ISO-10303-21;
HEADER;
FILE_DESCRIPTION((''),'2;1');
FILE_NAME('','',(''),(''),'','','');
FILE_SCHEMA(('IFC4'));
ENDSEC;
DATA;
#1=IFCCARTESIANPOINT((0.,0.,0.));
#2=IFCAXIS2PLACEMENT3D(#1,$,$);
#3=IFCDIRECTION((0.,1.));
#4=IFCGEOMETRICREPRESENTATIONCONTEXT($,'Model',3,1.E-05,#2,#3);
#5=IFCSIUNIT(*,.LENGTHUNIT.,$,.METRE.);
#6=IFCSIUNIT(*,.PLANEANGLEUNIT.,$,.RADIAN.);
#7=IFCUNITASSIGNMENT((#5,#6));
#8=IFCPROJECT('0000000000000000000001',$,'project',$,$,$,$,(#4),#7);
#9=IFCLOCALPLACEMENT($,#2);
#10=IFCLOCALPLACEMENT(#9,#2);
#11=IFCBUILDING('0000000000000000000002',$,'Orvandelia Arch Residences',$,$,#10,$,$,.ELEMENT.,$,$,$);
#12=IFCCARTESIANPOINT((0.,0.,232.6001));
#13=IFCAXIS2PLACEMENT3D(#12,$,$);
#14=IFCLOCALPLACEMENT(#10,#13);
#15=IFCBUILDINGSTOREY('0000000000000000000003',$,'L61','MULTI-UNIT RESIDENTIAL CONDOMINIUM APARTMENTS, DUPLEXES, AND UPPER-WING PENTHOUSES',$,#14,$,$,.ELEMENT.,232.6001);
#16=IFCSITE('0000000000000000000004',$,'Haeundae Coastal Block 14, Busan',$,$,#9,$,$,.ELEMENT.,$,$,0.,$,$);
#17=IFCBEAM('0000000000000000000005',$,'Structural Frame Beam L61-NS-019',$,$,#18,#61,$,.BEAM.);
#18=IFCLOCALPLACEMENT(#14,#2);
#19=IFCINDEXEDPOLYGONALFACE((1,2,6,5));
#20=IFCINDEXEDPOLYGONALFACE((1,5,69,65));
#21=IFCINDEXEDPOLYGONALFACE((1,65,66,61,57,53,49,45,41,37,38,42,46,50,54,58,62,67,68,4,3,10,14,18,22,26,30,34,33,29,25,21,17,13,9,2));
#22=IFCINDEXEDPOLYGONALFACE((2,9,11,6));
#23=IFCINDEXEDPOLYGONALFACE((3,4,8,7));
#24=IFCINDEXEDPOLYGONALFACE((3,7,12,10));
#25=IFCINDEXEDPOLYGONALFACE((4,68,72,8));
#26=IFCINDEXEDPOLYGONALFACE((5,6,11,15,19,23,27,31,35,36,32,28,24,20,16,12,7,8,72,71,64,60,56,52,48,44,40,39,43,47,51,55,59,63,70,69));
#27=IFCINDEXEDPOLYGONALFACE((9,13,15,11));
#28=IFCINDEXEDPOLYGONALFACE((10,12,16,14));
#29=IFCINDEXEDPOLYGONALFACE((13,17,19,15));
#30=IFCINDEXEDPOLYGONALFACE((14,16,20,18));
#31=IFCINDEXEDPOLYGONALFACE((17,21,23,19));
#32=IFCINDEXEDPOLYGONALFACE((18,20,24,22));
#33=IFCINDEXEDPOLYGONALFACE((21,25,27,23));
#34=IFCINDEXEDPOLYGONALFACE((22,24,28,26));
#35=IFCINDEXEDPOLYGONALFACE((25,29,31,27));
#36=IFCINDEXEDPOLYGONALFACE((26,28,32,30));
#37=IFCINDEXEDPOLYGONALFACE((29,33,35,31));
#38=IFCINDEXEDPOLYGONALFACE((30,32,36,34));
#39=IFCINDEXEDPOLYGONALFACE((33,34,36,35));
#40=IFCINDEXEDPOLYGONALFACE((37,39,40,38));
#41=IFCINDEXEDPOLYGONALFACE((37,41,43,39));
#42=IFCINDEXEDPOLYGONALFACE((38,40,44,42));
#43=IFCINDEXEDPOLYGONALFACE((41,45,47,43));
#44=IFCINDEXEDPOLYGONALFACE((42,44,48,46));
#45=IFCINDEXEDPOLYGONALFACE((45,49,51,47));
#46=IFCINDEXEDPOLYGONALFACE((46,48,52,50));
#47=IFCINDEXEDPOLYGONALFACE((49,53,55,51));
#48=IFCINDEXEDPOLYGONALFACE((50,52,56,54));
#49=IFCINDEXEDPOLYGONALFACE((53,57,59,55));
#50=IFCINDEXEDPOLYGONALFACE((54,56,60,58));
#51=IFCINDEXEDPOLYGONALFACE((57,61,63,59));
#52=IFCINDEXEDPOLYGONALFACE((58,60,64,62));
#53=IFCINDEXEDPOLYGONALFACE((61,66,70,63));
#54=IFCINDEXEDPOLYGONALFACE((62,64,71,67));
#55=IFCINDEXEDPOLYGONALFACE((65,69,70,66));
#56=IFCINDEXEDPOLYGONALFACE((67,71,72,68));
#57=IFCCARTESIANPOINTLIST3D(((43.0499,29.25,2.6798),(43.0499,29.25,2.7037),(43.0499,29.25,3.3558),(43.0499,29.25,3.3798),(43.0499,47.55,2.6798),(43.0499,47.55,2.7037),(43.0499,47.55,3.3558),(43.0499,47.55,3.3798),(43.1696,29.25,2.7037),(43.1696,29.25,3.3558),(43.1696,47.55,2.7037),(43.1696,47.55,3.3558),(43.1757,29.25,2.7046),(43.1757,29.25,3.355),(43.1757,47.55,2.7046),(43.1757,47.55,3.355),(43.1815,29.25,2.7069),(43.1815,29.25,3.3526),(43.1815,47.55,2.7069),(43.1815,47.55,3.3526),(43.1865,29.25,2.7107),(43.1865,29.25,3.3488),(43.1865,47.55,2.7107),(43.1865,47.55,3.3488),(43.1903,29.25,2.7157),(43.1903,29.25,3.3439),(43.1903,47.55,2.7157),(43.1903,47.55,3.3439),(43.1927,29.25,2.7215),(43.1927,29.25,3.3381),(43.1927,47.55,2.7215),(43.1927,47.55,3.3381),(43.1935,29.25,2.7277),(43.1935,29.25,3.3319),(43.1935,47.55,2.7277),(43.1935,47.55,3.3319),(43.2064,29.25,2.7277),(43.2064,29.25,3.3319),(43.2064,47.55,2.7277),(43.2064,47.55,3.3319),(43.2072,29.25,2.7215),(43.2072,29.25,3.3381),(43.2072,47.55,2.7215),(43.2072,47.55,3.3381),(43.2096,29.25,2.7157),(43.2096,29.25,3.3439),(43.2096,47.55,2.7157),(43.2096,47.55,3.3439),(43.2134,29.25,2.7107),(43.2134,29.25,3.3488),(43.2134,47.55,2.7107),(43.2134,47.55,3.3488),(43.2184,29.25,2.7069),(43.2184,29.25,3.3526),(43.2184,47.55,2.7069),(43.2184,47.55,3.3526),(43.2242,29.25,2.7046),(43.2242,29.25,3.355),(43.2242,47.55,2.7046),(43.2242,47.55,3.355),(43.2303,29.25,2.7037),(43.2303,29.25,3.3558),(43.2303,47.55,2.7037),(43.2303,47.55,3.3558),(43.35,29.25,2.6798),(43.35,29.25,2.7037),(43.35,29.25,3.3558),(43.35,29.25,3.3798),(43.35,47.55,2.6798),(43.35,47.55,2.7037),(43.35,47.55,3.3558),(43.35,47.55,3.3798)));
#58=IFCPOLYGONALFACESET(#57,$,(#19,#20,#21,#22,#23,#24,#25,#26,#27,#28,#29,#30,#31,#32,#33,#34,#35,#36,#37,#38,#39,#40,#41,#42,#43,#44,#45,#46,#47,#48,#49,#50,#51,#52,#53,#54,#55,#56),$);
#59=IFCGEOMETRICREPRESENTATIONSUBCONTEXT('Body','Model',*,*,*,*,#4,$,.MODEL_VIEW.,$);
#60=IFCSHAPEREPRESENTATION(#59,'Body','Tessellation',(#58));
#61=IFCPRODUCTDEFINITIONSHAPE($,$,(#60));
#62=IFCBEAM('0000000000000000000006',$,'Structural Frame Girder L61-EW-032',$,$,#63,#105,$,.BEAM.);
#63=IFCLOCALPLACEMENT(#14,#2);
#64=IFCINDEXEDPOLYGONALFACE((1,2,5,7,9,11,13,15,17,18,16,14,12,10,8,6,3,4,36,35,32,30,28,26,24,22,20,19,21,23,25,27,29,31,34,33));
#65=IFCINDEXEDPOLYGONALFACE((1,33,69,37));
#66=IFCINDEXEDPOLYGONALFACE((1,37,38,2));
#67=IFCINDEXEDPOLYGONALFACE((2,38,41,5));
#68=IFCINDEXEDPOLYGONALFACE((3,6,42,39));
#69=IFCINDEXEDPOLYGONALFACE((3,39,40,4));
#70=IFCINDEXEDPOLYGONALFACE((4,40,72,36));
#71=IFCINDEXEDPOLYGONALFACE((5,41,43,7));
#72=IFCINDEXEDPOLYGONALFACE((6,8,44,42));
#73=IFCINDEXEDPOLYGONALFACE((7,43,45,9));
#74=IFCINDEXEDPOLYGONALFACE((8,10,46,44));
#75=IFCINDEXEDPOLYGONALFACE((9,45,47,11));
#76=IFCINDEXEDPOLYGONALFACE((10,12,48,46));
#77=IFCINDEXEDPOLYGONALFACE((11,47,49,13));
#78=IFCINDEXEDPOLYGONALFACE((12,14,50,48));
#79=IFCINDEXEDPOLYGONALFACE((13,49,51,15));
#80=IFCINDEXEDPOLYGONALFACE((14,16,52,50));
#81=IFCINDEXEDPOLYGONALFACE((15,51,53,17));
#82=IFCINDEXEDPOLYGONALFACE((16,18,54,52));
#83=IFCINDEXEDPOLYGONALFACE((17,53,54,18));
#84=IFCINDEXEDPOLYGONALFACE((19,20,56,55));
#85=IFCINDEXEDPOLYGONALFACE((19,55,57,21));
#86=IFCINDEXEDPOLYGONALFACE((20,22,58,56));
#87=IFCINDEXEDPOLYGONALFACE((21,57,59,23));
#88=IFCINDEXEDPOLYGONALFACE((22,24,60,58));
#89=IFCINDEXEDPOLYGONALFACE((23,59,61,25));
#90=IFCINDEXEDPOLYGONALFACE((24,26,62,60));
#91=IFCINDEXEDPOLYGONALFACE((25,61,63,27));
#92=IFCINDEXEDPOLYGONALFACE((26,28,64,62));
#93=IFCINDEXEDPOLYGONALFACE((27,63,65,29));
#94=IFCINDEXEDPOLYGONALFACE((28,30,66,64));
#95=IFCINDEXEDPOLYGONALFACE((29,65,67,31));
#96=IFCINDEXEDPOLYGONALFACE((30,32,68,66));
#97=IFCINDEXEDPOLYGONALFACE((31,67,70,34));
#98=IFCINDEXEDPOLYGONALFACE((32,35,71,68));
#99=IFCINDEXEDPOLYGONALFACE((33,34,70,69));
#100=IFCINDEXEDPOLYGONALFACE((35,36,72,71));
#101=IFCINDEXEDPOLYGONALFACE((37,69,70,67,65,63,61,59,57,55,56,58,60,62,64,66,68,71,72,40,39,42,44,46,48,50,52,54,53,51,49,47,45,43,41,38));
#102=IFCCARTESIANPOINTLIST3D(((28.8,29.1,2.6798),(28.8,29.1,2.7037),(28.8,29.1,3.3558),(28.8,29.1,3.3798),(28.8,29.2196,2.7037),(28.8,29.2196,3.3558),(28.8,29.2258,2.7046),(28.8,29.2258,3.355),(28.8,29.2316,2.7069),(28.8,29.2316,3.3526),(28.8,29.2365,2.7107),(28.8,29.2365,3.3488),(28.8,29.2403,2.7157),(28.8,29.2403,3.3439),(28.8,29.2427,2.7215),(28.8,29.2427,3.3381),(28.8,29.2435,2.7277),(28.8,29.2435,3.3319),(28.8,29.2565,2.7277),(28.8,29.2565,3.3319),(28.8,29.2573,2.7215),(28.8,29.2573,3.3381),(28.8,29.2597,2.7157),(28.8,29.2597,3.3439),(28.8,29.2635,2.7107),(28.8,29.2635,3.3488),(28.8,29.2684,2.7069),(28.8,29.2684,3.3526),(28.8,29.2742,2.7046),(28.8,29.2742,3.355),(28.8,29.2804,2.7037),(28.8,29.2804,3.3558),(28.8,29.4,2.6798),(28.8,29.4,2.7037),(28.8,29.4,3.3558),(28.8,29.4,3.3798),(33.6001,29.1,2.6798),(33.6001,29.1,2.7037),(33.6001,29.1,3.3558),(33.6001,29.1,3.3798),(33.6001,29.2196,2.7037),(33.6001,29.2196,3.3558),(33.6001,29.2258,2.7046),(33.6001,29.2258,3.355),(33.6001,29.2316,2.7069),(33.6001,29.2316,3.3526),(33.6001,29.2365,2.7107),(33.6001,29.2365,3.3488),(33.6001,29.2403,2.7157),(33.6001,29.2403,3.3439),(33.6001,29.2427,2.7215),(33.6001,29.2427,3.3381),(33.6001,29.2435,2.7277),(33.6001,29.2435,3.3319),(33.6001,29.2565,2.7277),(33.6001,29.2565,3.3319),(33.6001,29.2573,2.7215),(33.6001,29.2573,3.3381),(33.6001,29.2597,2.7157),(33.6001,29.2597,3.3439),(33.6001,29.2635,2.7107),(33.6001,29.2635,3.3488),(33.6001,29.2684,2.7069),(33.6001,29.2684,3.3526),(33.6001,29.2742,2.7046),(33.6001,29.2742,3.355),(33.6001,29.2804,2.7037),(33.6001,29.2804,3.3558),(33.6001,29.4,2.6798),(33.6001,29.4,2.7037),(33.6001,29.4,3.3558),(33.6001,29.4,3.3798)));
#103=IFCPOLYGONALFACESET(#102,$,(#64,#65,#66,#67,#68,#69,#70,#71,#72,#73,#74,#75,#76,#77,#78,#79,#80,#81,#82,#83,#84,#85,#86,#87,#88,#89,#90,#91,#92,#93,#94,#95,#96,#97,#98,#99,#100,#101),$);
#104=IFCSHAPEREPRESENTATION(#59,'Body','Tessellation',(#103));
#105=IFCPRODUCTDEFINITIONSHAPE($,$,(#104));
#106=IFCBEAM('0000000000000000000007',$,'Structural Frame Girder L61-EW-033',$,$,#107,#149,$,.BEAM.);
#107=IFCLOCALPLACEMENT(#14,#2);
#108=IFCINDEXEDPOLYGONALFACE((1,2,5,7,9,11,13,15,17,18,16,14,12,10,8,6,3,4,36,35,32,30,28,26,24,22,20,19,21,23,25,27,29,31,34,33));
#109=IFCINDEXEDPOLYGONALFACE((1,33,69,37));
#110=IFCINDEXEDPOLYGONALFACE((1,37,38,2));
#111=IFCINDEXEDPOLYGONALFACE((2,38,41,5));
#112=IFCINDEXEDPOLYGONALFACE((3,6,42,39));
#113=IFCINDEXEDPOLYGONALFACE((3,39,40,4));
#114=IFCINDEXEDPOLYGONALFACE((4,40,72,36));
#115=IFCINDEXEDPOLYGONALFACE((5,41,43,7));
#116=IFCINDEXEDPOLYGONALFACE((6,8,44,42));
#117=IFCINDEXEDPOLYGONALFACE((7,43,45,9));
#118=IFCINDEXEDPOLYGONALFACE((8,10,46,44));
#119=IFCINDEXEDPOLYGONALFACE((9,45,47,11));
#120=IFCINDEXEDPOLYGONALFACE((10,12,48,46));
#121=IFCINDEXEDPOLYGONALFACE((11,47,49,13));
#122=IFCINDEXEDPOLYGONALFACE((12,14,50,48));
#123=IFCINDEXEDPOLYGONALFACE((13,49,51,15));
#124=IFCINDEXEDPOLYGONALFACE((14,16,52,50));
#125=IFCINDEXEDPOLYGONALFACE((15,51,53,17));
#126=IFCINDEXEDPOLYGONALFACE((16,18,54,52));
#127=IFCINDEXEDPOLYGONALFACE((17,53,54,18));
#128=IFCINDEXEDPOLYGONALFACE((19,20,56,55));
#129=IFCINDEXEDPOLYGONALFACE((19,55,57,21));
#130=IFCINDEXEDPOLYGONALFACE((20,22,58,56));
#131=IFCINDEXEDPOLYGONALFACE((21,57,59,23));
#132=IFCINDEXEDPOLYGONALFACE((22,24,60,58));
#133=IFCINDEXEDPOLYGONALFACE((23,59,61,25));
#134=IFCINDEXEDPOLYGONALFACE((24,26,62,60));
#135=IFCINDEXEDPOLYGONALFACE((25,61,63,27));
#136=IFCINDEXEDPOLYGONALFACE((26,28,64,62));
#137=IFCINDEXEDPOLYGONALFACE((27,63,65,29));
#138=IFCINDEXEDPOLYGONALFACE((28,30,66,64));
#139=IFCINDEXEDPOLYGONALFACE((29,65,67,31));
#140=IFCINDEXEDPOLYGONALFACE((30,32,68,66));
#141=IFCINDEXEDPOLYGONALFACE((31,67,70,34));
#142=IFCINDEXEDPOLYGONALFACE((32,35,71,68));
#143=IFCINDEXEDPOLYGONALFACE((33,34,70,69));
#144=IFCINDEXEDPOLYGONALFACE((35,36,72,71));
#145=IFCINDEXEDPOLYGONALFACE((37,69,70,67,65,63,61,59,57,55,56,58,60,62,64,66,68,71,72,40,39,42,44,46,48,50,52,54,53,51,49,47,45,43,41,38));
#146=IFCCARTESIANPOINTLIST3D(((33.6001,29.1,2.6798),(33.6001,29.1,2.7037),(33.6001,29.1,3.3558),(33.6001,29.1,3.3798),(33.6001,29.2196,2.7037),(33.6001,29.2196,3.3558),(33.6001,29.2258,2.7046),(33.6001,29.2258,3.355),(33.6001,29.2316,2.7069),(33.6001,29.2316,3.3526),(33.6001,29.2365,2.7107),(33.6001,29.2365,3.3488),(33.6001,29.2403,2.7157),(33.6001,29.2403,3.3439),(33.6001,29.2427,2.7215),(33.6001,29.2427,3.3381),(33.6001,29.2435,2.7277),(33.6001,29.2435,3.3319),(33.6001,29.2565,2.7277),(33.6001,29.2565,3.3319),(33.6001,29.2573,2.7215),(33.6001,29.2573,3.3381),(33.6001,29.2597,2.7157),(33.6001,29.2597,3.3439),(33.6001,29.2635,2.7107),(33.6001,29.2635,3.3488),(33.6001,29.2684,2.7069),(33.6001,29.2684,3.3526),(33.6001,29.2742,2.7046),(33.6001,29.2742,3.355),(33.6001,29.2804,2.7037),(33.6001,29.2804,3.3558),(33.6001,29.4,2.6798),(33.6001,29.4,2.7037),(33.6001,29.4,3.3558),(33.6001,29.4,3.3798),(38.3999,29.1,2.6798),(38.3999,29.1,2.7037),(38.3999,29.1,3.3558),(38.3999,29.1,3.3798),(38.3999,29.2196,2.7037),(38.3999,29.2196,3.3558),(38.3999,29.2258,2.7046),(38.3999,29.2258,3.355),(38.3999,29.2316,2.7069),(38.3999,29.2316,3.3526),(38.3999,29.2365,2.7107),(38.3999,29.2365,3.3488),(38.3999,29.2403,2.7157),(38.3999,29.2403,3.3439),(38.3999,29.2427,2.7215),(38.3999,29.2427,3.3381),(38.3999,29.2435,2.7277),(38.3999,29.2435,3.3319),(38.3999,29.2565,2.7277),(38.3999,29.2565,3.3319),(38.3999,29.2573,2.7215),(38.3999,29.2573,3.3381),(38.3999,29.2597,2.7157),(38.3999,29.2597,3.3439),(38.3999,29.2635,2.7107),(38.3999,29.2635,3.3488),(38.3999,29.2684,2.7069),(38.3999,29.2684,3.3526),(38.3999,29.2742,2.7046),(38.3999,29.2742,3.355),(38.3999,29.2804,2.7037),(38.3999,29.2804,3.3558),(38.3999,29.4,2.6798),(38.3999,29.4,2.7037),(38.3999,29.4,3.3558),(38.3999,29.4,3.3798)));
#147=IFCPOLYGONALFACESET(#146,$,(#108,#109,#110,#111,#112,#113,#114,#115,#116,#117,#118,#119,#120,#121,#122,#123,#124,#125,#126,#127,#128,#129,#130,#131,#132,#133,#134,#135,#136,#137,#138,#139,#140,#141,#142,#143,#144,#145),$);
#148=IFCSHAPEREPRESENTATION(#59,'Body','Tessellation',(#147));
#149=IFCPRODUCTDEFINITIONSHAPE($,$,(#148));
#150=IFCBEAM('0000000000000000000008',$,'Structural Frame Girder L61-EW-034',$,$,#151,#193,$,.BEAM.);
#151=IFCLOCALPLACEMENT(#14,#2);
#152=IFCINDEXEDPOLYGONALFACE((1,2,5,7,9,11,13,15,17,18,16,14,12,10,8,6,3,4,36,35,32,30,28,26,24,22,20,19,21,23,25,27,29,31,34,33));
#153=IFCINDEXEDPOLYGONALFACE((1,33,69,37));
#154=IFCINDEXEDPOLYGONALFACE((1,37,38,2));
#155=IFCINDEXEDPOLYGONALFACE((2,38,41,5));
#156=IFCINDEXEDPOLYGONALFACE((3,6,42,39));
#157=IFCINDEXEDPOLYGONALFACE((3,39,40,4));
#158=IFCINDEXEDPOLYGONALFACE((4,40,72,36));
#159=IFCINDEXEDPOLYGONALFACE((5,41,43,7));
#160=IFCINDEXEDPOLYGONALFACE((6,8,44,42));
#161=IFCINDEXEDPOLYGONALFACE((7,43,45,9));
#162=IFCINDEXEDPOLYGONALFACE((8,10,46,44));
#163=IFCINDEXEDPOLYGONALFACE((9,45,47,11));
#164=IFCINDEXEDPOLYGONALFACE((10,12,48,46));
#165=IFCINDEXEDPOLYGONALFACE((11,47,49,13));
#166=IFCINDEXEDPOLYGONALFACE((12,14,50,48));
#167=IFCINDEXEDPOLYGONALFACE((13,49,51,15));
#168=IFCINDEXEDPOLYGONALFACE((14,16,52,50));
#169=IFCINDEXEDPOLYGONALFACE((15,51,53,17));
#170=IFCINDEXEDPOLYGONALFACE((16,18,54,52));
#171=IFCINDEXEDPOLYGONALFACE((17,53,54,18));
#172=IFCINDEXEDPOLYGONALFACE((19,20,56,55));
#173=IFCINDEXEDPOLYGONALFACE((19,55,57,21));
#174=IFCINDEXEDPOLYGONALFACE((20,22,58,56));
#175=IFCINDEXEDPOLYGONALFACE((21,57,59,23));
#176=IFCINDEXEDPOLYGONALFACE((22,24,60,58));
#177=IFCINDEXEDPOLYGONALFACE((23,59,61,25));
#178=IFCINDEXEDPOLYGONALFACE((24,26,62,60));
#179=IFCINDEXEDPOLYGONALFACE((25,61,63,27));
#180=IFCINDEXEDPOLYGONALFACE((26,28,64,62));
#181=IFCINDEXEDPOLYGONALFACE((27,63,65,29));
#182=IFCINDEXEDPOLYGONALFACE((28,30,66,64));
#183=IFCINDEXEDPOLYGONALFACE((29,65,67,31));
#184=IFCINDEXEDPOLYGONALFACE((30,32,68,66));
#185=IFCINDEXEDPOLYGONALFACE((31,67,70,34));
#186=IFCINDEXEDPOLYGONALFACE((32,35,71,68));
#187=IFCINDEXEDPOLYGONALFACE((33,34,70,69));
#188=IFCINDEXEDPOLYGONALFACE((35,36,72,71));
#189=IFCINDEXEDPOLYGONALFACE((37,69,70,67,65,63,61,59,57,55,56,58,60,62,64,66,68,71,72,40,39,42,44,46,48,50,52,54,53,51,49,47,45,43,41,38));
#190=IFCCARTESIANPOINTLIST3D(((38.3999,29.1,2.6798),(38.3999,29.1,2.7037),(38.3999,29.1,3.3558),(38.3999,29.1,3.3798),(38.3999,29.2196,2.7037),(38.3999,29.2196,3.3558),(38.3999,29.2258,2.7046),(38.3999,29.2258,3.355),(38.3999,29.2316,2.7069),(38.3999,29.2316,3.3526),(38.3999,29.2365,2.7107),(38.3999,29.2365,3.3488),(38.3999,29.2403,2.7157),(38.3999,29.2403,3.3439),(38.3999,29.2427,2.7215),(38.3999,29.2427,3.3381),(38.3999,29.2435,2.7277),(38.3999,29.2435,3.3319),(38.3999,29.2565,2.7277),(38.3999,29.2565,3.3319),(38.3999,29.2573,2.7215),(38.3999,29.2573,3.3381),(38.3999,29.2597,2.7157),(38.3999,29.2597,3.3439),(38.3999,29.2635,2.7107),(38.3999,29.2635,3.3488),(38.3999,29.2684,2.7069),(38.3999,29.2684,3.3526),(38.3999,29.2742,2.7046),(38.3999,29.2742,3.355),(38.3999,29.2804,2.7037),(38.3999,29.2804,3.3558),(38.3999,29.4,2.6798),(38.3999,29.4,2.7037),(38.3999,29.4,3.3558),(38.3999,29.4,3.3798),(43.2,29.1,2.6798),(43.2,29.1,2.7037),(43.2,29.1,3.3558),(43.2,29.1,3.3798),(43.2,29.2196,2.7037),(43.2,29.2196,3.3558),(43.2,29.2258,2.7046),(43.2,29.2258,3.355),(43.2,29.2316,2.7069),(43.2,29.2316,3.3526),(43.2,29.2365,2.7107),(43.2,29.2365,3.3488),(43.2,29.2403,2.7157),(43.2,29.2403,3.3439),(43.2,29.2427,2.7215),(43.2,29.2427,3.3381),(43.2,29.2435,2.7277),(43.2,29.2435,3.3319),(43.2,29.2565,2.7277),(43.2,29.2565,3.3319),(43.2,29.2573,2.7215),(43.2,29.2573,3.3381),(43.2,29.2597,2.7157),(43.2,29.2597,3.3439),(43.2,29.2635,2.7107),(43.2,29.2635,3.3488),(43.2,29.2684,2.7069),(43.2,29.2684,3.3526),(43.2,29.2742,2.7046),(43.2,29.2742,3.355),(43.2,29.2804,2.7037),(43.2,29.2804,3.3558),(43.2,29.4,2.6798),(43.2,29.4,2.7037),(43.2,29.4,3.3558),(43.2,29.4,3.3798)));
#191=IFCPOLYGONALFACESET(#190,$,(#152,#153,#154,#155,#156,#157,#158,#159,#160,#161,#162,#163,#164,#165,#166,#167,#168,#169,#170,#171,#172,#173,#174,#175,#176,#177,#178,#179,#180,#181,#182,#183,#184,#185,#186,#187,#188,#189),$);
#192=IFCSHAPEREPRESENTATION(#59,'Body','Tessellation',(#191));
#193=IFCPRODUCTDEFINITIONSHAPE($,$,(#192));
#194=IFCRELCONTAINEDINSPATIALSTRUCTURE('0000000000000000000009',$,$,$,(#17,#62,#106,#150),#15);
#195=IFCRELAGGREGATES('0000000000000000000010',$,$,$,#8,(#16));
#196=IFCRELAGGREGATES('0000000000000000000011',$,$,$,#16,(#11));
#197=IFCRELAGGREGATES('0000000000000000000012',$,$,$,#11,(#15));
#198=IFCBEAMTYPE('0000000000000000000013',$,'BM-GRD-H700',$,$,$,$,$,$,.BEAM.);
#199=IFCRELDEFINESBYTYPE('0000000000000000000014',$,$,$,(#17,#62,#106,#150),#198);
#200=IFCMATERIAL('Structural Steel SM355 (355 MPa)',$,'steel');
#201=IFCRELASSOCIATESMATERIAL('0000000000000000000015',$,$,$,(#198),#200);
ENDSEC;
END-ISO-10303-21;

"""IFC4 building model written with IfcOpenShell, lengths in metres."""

from ifc_helpers import new_model, si_unit, direction, frame, origin, origin_2d, place, context, subcontext, project, spatial, i_section, extrude, material, material_profile, profile_set, type_object, element, save


model = new_model("IFC4")

# Units and contexts
model_context = context("Model", 3, precision=1e-05, world=origin(), true_north=direction((0.0, 1.0)))
body_context = subcontext(model_context, "Body", "Model", "MODEL_VIEW")
ifc_project = project(units=[si_unit("LENGTHUNIT", "METRE"), si_unit("PLANEANGLEUNIT", "RADIAN")], contexts=[model_context])

# Site, building, storey
site_placement = place(None, origin())
site = spatial("IfcSite", under=ifc_project, at=site_placement, Name="Haeundae Coastal Block 14, Busan", CompositionType="ELEMENT", RefElevation=0.0)
building_placement = place(site_placement, origin())
building = spatial("IfcBuilding", under=site, at=building_placement, Name="Orvandelia Arch Residences", CompositionType="ELEMENT")
storey_placement = place(building_placement, frame((0.0, 0.0, 232.6001)))
storey = spatial("IfcBuildingStorey", under=building, at=storey_placement, Name="L61", Description="MULTI-UNIT RESIDENTIAL CONDOMINIUM APARTMENTS, DUPLEXES, AND UPPER-WING PENTHOUSES", CompositionType="ELEMENT", Elevation=232.6001)

# Beams
ifc_material_1 = material(Name="Structural Steel SM355 (355 MPa)", Category="steel")
ifc_material_profile_1 = material_profile(ifc_material_1, i_section(OverallWidth=0.3, OverallDepth=0.7, WebThickness=0.0129, FlangeThickness=0.0239, FilletRadius=0.0239, at=origin_2d()), Name="Structural Steel SM355 (355 MPa)", Category="steel")
ifc_profile_set_1 = profile_set([ifc_material_profile_1], Name="Structural Steel SM355 (355 MPa)")
beam_type = type_object("IfcBeamType", Name="BM-GRD-H700", PredefinedType="BEAM", material=ifc_profile_set_1)
for number, where, z_axis, x_axis, name in (
    (1, (43.2, 29.25, 3.0298), (0.0, 1.0, 0.0), (-1.0, 0.0, 0.0), "Structural Frame Beam L61-NS-019"),
):
    element("IfcBeam", number, at=place(storey_placement, frame(where, z_axis=z_axis, x_axis=x_axis)), inside=storey, type_object=beam_type, Name=name, PredefinedType="BEAM", context=body_context, shape_type="SweptSolid", body=[
        extrude(i_section(OverallWidth=0.3, OverallDepth=0.7, WebThickness=0.0129, FlangeThickness=0.0239, FilletRadius=0.0239, at=origin_2d()), origin(), (0.0, 0.0, 1.0), 18.3),
    ])
beam_1_placement = place(storey_placement, frame((28.8, 29.25, 3.0298), z_axis=(1.0, 0.0, 0.0), x_axis=(0.0, 1.0, 0.0)))
element("IfcBeam", 2, at=beam_1_placement, inside=storey, type_object=beam_type, Name="Structural Frame Girder L61-EW-032", PredefinedType="BEAM", context=body_context, shape_type="SweptSolid", body=[
    extrude(i_section(OverallWidth=0.3, OverallDepth=0.7, WebThickness=0.0129, FlangeThickness=0.0239, FilletRadius=0.0239, at=origin_2d()), origin(), (0.0, 0.0, 1.0), 4.8),
])
beam_2_placement = place(storey_placement, frame((33.6001, 29.25, 3.0298), z_axis=(1.0, 0.0, 0.0), x_axis=(0.0, 1.0, 0.0)))
element("IfcBeam", 3, at=beam_2_placement, inside=storey, type_object=beam_type, Name="Structural Frame Girder L61-EW-033", PredefinedType="BEAM", context=body_context, shape_type="SweptSolid", body=[
    extrude(i_section(OverallWidth=0.3, OverallDepth=0.7, WebThickness=0.0129, FlangeThickness=0.0239, FilletRadius=0.0239, at=origin_2d()), origin(), (0.0, 0.0, 1.0), 4.7998),
])
for number, where, z_axis, x_axis, name in (
    (4, (38.3999, 29.25, 3.0298), (1.0, 0.0, 0.0), (0.0, 1.0, 0.0), "Structural Frame Girder L61-EW-034"),
):
    element("IfcBeam", number, at=place(storey_placement, frame(where, z_axis=z_axis, x_axis=x_axis)), inside=storey, type_object=beam_type, Name=name, PredefinedType="BEAM", context=body_context, shape_type="SweptSolid", body=[
        extrude(i_section(OverallWidth=0.3, OverallDepth=0.7, WebThickness=0.0129, FlangeThickness=0.0239, FilletRadius=0.0239, at=origin_2d()), origin(), (0.0, 0.0, 1.0), 4.8),
    ])

save(model, "model.ifc")
